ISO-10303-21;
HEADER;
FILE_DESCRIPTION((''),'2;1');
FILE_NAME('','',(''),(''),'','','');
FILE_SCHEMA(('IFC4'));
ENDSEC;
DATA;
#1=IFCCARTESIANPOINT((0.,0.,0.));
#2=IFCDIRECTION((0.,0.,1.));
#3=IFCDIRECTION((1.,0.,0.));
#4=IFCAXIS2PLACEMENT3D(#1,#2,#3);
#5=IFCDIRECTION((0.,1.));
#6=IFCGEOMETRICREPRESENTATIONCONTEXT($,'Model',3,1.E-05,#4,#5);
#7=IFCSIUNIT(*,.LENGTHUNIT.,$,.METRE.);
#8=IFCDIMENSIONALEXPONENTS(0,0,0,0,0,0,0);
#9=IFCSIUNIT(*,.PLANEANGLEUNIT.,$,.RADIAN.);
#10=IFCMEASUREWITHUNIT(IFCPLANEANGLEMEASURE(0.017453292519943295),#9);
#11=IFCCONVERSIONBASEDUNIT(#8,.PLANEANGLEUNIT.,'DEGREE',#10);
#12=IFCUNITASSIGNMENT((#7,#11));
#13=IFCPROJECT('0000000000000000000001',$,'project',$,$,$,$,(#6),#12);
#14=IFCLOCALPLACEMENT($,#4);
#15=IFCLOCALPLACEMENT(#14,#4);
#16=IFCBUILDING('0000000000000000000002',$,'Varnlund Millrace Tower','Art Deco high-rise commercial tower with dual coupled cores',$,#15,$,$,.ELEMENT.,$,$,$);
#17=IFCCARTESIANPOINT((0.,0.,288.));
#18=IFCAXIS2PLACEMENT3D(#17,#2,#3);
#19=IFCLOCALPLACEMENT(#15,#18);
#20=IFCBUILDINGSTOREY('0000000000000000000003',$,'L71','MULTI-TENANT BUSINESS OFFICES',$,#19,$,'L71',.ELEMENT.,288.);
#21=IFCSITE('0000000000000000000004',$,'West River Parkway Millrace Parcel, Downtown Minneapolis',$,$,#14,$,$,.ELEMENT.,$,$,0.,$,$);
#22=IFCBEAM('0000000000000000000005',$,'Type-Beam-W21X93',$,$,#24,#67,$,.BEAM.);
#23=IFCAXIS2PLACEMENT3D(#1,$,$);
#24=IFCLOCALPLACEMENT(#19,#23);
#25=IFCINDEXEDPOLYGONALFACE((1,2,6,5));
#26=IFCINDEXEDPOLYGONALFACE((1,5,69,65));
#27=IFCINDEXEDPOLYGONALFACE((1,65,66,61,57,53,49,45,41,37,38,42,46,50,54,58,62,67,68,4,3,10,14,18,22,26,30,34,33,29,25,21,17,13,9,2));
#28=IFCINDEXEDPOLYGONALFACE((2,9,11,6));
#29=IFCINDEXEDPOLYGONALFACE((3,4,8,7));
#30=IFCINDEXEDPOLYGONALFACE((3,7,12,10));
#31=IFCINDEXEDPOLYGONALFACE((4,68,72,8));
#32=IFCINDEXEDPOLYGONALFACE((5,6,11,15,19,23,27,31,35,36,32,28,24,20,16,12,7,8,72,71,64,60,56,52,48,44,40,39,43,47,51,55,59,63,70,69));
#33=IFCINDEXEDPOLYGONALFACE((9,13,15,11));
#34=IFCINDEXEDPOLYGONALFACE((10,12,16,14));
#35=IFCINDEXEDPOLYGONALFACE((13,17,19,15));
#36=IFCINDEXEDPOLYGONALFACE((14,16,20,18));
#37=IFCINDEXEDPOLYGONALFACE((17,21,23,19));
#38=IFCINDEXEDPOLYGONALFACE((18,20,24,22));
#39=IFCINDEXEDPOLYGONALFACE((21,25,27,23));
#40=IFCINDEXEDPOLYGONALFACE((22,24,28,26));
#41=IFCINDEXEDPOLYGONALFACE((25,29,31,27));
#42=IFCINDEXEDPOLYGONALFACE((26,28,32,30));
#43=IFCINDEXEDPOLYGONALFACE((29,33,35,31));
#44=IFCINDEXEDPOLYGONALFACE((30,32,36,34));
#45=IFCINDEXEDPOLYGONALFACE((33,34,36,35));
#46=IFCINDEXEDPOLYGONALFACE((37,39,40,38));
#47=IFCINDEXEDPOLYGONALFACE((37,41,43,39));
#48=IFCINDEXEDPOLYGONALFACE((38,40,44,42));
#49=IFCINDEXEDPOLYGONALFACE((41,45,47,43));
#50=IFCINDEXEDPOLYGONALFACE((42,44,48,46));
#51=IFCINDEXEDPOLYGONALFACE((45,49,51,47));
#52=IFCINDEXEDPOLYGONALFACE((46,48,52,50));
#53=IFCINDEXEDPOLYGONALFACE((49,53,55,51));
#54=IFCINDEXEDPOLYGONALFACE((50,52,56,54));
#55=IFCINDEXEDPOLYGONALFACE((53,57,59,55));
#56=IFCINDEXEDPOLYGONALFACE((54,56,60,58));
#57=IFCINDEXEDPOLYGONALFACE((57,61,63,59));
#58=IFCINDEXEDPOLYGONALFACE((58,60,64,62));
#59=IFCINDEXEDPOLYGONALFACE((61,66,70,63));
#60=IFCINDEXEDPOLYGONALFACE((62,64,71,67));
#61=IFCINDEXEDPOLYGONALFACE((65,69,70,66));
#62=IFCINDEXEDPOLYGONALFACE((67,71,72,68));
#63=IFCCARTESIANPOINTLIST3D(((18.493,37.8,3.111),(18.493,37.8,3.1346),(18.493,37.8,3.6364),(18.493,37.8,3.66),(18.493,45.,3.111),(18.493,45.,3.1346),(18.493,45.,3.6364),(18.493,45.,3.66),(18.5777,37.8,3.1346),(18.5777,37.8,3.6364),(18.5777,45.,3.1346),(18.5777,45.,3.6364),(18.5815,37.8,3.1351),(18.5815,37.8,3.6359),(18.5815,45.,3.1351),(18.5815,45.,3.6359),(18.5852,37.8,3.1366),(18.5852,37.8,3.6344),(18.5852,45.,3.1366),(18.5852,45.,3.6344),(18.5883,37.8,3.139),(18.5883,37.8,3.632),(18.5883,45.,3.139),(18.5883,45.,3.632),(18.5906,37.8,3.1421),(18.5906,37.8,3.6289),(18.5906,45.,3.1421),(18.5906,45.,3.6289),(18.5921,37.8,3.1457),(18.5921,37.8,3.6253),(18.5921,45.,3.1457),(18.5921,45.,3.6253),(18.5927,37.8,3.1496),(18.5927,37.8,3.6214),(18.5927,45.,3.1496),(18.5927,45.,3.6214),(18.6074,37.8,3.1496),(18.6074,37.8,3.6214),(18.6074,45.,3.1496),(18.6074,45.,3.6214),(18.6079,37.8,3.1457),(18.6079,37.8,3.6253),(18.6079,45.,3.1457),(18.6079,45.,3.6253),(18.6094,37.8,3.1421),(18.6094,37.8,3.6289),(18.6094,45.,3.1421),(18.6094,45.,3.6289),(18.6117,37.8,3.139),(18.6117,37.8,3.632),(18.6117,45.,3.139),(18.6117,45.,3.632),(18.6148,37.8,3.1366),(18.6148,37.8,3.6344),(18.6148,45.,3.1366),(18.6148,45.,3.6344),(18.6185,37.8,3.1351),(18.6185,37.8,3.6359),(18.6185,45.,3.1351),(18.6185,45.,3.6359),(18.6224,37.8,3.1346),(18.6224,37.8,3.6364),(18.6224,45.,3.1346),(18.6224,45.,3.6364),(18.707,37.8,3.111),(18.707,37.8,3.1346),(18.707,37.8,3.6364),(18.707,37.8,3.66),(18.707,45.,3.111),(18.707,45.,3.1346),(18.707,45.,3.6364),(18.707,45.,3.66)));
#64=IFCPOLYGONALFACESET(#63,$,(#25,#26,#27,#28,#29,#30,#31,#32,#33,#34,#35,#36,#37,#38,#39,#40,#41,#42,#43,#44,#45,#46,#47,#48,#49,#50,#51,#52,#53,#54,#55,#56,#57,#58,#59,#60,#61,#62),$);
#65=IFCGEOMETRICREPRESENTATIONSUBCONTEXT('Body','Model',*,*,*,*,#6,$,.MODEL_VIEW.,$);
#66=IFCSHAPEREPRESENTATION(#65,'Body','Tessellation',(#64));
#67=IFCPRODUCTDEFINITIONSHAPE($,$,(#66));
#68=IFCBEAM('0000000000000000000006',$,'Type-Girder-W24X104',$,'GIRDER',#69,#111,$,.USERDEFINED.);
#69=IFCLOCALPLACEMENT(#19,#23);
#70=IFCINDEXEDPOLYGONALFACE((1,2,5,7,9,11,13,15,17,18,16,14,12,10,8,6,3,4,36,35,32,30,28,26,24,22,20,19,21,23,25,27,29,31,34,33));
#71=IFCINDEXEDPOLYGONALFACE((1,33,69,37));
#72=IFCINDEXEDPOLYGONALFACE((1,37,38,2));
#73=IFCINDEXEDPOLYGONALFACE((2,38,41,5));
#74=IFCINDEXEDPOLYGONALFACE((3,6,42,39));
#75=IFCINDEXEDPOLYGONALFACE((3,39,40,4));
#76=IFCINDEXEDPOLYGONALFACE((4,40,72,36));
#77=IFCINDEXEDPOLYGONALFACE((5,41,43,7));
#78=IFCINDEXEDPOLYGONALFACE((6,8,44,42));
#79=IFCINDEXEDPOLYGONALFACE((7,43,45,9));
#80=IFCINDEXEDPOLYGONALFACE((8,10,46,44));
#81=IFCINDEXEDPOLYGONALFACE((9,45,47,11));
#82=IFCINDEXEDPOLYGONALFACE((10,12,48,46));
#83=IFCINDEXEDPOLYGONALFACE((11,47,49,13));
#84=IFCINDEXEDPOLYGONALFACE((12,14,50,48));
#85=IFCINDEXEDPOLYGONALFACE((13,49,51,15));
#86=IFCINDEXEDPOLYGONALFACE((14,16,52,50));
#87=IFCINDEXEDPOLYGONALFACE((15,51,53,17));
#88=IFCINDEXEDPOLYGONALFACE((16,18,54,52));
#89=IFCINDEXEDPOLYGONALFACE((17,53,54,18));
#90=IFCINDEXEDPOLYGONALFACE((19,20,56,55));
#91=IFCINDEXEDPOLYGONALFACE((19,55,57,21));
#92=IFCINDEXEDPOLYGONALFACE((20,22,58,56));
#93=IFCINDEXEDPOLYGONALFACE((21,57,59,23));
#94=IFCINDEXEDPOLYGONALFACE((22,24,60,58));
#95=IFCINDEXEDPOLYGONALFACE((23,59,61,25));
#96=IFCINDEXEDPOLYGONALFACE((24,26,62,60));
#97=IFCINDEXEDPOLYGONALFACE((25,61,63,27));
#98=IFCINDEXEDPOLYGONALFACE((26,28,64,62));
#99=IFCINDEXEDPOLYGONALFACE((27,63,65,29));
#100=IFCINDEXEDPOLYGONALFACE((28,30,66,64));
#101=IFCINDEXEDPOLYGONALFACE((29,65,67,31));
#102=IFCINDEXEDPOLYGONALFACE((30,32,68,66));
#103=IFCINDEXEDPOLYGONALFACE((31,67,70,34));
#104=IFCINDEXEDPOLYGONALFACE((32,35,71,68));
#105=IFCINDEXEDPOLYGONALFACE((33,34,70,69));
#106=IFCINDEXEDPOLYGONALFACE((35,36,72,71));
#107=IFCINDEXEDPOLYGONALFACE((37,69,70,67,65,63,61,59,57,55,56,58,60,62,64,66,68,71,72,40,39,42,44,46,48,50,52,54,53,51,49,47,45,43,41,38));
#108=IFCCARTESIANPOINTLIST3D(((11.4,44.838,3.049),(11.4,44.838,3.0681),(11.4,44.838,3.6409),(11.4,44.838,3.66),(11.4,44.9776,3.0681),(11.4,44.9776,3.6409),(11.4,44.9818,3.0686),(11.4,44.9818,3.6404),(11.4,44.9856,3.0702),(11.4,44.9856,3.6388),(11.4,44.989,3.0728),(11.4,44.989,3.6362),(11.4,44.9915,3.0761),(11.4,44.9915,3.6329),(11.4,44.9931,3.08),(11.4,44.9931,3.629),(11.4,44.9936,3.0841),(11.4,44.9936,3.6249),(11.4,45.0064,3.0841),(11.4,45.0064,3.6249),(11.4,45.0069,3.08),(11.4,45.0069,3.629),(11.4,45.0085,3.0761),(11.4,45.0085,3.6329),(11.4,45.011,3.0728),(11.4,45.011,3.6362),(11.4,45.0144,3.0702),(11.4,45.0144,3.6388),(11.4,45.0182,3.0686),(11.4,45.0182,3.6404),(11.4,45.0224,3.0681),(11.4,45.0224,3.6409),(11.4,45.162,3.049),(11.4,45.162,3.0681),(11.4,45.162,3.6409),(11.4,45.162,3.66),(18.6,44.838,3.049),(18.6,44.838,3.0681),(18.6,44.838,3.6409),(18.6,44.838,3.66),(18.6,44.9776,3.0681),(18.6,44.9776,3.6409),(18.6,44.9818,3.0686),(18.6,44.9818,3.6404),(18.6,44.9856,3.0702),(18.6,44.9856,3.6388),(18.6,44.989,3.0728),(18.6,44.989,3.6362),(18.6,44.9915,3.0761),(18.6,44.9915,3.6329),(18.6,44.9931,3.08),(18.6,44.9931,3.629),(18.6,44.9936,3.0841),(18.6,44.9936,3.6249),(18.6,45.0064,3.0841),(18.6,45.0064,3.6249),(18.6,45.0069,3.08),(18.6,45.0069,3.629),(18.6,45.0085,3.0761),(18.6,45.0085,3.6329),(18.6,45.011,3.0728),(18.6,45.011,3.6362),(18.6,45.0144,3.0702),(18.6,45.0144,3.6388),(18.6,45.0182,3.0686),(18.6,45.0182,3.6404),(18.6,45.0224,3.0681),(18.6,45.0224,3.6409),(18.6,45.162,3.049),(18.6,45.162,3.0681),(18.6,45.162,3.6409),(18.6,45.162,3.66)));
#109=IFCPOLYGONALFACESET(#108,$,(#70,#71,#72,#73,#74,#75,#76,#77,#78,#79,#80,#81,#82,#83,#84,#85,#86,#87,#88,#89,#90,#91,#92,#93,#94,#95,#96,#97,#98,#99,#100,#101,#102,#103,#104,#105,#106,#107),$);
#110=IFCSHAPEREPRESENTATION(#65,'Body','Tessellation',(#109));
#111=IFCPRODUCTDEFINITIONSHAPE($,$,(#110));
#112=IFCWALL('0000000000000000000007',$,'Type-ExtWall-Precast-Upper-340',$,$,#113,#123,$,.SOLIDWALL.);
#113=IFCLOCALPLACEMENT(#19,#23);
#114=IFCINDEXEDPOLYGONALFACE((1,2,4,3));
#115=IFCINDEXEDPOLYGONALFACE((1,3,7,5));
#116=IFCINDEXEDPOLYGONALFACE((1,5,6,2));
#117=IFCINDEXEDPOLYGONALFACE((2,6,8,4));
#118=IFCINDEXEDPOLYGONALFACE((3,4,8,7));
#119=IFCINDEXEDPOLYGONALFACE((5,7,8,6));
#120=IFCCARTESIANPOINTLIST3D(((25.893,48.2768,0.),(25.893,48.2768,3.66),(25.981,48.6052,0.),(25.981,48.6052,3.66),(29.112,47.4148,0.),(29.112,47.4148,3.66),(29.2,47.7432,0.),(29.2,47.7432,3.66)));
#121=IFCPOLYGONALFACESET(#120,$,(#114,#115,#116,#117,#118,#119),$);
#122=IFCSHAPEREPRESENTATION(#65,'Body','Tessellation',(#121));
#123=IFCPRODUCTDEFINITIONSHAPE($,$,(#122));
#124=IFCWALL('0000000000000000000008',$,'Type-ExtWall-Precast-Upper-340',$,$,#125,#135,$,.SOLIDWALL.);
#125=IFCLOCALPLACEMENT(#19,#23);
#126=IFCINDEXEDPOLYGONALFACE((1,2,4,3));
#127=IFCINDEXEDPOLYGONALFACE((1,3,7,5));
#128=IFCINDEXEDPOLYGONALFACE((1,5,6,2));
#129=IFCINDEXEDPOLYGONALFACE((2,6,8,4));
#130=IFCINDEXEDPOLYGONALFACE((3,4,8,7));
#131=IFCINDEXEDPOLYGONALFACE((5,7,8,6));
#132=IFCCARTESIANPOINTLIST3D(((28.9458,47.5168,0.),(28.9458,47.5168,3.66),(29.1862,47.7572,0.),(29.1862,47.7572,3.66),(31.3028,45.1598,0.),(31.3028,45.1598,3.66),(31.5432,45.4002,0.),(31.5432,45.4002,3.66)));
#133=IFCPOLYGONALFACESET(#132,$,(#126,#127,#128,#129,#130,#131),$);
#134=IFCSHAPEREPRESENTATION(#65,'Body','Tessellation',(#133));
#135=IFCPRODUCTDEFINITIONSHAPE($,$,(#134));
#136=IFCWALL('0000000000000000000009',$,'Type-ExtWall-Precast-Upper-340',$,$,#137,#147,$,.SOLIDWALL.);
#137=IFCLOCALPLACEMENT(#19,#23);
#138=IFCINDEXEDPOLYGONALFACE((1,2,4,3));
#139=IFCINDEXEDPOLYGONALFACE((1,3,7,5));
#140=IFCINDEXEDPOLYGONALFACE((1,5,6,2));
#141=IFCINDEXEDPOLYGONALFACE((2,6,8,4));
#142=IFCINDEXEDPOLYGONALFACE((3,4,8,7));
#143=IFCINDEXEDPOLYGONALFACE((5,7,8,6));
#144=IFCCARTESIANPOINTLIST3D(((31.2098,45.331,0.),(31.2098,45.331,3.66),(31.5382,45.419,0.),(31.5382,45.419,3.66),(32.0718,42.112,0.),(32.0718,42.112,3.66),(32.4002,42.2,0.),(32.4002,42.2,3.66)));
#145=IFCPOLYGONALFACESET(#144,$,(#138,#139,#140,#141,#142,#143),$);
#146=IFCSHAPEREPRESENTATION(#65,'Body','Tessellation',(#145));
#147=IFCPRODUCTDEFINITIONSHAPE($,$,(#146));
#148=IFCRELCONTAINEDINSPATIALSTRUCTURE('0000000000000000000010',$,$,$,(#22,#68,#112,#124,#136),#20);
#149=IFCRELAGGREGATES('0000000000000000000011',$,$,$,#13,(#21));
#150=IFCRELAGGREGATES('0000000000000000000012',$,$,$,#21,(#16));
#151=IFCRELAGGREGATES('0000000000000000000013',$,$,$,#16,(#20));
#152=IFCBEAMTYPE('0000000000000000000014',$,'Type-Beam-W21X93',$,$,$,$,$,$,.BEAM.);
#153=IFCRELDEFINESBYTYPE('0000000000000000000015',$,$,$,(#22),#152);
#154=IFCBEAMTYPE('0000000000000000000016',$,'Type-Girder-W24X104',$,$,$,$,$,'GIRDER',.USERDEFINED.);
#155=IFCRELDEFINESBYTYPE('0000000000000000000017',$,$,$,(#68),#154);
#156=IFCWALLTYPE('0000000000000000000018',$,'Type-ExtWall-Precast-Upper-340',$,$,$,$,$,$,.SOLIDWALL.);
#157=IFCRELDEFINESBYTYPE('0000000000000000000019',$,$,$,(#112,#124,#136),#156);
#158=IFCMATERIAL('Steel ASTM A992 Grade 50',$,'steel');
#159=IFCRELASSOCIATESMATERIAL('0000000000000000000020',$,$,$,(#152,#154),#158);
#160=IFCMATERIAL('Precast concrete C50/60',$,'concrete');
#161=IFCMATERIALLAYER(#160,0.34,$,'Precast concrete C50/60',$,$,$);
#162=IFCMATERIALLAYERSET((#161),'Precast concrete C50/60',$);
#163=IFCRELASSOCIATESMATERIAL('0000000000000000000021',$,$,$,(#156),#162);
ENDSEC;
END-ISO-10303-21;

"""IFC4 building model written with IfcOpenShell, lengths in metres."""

from ifc_helpers import new_model, entity, si_unit, converted_unit, direction, frame, origin_with_axes, origin_2d_with_axis, place, context, subcontext, project, spatial, polyline, i_section, outline, extrude, material, layer, layer_set, material_profile, profile_set, type_object, element, save


model = new_model("IFC4")

# Units and contexts
model_context = context("Model", 3, precision=1e-05, world=origin_with_axes(), true_north=direction((0.0, 1.0)))
body_context = subcontext(model_context, "Body", "Model", "MODEL_VIEW")
ifc_project = project(units=[si_unit("LENGTHUNIT", "METRE"), converted_unit("PLANEANGLEUNIT", "DEGREE", entity("IfcPlaneAngleMeasure", 0.017453292519943295), si_unit("PLANEANGLEUNIT", "RADIAN"), dimensions=[0, 0, 0, 0, 0, 0, 0])], contexts=[model_context])

# Site, building, storey
site_placement = place(None, origin_with_axes())
site = spatial("IfcSite", under=ifc_project, at=site_placement, Name="West River Parkway Millrace Parcel, Downtown Minneapolis", CompositionType="ELEMENT", RefElevation=0.0)
building_placement = place(site_placement, origin_with_axes())
building = spatial("IfcBuilding", under=site, at=building_placement, Name="Varnlund Millrace Tower", Description="Art Deco high-rise commercial tower with dual coupled cores", CompositionType="ELEMENT")
storey_placement = place(building_placement, frame((0.0, 0.0, 288.0), z_axis=(0.0, 0.0, 1.0), x_axis=(1.0, 0.0, 0.0)))
storey = spatial("IfcBuildingStorey", under=building, at=storey_placement, Name="L71", Description="MULTI-TENANT BUSINESS OFFICES", LongName="L71", CompositionType="ELEMENT", Elevation=288.0)

# Beams
ifc_material_1 = material(Name="Steel ASTM A992 Grade 50", Category="steel")
ifc_material_profile_1 = material_profile(ifc_material_1, i_section(OverallWidth=0.214, OverallDepth=0.549, WebThickness=0.0147, FlangeThickness=0.0236, FilletRadius=0.015, at=origin_2d_with_axis()), Name="Steel ASTM A992 Grade 50")
ifc_profile_set_1 = profile_set([ifc_material_profile_1], Name="Steel ASTM A992 Grade 50")
beam_type_1 = type_object("IfcBeamType", Name="Type-Beam-W21X93", PredefinedType="BEAM", material=ifc_profile_set_1)
beam_1_placement = place(storey_placement, frame((18.6, 37.8, 3.3855), z_axis=(0.0, 1.0, 0.0), x_axis=(-1.0, 0.0, 0.0)))
element("IfcBeam", 1, at=beam_1_placement, inside=storey, type_object=beam_type_1, Name="Type-Beam-W21X93", PredefinedType="BEAM", context=body_context, shape_type="SweptSolid", body=[
    extrude(i_section(OverallWidth=0.214, OverallDepth=0.549, WebThickness=0.0147, FlangeThickness=0.0236, FilletRadius=0.015, at=origin_2d_with_axis()), origin_with_axes(), (0.0, 0.0, 1.0), 7.2),
])
ifc_material_profile_2 = material_profile(ifc_material_1, i_section(OverallWidth=0.324, OverallDepth=0.611, WebThickness=0.0127, FlangeThickness=0.0191, FilletRadius=0.016, at=origin_2d_with_axis()), Name="Steel ASTM A992 Grade 50")
ifc_profile_set_2 = profile_set([ifc_material_profile_2], Name="Steel ASTM A992 Grade 50")
beam_type_2 = type_object("IfcBeamType", Name="Type-Girder-W24X104", ElementType="GIRDER", PredefinedType="USERDEFINED", material=ifc_profile_set_2)
beam_2_placement = place(storey_placement, frame((11.4, 45.0, 3.3545), z_axis=(1.0, 0.0, 0.0), x_axis=(0.0, 1.0, 0.0)))
element("IfcBeam", 2, at=beam_2_placement, inside=storey, type_object=beam_type_2, Name="Type-Girder-W24X104", ObjectType="GIRDER", PredefinedType="USERDEFINED", context=body_context, shape_type="SweptSolid", body=[
    extrude(i_section(OverallWidth=0.324, OverallDepth=0.611, WebThickness=0.0127, FlangeThickness=0.0191, FilletRadius=0.016, at=origin_2d_with_axis()), origin_with_axes(), (0.0, 0.0, 1.0), 7.2),
])

# Walls
ifc_material_2 = material(Name="Precast concrete C50/60", Category="concrete")
ifc_layer_1 = layer(ifc_material_2, 0.34, Name="Precast concrete C50/60")
ifc_layer_set_1 = layer_set([ifc_layer_1], Name="Precast concrete C50/60")
wall_type_1 = type_object("IfcWallType", Name="Type-ExtWall-Precast-Upper-340", PredefinedType="SOLIDWALL", material=ifc_layer_set_1)
wall_1_placement = place(storey_placement, frame((25.937, 48.441, 0.0), z_axis=(0.0, 0.0, 1.0), x_axis=(0.965965, -0.258671, 0.0)))
element("IfcWall", 3, at=wall_1_placement, inside=storey, type_object=wall_type_1, Name="Type-ExtWall-Precast-Upper-340", PredefinedType="SOLIDWALL", context=body_context, shape_type="SweptSolid", body=[
    extrude(outline(polyline([(0.0, -0.17), (3.3324, -0.17), (3.3324, 0.17), (0.0, 0.17), (0.0, -0.17)])), origin_with_axes(), (0.0, 0.0, 1.0), 3.66),
])
wall_2_placement = place(storey_placement, frame((29.066, 47.637, 0.0), z_axis=(0.0, 0.0, 1.0), x_axis=(0.707107, -0.707107, 0.0)))
element("IfcWall", 4, at=wall_2_placement, inside=storey, type_object=wall_type_1, Name="Type-ExtWall-Precast-Upper-340", PredefinedType="SOLIDWALL", context=body_context, shape_type="SweptSolid", body=[
    extrude(outline(polyline([(0.0, -0.17), (3.3333, -0.17), (3.3333, 0.17), (0.0, 0.17), (0.0, -0.17)])), origin_with_axes(), (0.0, 0.0, 1.0), 3.66),
])
wall_3_placement = place(storey_placement, frame((31.374, 45.375, 0.0), z_axis=(0.0, 0.0, 1.0), x_axis=(0.258671, -0.965965, 0.0)))
element("IfcWall", 5, at=wall_3_placement, inside=storey, type_object=wall_type_1, Name="Type-ExtWall-Precast-Upper-340", PredefinedType="SOLIDWALL", context=body_context, shape_type="SweptSolid", body=[
    extrude(outline(polyline([(0.0, -0.17), (3.3324, -0.17), (3.3324, 0.17), (0.0, 0.17), (0.0, -0.17)])), origin_with_axes(), (0.0, 0.0, 1.0), 3.66),
])

save(model, "model.ifc")
